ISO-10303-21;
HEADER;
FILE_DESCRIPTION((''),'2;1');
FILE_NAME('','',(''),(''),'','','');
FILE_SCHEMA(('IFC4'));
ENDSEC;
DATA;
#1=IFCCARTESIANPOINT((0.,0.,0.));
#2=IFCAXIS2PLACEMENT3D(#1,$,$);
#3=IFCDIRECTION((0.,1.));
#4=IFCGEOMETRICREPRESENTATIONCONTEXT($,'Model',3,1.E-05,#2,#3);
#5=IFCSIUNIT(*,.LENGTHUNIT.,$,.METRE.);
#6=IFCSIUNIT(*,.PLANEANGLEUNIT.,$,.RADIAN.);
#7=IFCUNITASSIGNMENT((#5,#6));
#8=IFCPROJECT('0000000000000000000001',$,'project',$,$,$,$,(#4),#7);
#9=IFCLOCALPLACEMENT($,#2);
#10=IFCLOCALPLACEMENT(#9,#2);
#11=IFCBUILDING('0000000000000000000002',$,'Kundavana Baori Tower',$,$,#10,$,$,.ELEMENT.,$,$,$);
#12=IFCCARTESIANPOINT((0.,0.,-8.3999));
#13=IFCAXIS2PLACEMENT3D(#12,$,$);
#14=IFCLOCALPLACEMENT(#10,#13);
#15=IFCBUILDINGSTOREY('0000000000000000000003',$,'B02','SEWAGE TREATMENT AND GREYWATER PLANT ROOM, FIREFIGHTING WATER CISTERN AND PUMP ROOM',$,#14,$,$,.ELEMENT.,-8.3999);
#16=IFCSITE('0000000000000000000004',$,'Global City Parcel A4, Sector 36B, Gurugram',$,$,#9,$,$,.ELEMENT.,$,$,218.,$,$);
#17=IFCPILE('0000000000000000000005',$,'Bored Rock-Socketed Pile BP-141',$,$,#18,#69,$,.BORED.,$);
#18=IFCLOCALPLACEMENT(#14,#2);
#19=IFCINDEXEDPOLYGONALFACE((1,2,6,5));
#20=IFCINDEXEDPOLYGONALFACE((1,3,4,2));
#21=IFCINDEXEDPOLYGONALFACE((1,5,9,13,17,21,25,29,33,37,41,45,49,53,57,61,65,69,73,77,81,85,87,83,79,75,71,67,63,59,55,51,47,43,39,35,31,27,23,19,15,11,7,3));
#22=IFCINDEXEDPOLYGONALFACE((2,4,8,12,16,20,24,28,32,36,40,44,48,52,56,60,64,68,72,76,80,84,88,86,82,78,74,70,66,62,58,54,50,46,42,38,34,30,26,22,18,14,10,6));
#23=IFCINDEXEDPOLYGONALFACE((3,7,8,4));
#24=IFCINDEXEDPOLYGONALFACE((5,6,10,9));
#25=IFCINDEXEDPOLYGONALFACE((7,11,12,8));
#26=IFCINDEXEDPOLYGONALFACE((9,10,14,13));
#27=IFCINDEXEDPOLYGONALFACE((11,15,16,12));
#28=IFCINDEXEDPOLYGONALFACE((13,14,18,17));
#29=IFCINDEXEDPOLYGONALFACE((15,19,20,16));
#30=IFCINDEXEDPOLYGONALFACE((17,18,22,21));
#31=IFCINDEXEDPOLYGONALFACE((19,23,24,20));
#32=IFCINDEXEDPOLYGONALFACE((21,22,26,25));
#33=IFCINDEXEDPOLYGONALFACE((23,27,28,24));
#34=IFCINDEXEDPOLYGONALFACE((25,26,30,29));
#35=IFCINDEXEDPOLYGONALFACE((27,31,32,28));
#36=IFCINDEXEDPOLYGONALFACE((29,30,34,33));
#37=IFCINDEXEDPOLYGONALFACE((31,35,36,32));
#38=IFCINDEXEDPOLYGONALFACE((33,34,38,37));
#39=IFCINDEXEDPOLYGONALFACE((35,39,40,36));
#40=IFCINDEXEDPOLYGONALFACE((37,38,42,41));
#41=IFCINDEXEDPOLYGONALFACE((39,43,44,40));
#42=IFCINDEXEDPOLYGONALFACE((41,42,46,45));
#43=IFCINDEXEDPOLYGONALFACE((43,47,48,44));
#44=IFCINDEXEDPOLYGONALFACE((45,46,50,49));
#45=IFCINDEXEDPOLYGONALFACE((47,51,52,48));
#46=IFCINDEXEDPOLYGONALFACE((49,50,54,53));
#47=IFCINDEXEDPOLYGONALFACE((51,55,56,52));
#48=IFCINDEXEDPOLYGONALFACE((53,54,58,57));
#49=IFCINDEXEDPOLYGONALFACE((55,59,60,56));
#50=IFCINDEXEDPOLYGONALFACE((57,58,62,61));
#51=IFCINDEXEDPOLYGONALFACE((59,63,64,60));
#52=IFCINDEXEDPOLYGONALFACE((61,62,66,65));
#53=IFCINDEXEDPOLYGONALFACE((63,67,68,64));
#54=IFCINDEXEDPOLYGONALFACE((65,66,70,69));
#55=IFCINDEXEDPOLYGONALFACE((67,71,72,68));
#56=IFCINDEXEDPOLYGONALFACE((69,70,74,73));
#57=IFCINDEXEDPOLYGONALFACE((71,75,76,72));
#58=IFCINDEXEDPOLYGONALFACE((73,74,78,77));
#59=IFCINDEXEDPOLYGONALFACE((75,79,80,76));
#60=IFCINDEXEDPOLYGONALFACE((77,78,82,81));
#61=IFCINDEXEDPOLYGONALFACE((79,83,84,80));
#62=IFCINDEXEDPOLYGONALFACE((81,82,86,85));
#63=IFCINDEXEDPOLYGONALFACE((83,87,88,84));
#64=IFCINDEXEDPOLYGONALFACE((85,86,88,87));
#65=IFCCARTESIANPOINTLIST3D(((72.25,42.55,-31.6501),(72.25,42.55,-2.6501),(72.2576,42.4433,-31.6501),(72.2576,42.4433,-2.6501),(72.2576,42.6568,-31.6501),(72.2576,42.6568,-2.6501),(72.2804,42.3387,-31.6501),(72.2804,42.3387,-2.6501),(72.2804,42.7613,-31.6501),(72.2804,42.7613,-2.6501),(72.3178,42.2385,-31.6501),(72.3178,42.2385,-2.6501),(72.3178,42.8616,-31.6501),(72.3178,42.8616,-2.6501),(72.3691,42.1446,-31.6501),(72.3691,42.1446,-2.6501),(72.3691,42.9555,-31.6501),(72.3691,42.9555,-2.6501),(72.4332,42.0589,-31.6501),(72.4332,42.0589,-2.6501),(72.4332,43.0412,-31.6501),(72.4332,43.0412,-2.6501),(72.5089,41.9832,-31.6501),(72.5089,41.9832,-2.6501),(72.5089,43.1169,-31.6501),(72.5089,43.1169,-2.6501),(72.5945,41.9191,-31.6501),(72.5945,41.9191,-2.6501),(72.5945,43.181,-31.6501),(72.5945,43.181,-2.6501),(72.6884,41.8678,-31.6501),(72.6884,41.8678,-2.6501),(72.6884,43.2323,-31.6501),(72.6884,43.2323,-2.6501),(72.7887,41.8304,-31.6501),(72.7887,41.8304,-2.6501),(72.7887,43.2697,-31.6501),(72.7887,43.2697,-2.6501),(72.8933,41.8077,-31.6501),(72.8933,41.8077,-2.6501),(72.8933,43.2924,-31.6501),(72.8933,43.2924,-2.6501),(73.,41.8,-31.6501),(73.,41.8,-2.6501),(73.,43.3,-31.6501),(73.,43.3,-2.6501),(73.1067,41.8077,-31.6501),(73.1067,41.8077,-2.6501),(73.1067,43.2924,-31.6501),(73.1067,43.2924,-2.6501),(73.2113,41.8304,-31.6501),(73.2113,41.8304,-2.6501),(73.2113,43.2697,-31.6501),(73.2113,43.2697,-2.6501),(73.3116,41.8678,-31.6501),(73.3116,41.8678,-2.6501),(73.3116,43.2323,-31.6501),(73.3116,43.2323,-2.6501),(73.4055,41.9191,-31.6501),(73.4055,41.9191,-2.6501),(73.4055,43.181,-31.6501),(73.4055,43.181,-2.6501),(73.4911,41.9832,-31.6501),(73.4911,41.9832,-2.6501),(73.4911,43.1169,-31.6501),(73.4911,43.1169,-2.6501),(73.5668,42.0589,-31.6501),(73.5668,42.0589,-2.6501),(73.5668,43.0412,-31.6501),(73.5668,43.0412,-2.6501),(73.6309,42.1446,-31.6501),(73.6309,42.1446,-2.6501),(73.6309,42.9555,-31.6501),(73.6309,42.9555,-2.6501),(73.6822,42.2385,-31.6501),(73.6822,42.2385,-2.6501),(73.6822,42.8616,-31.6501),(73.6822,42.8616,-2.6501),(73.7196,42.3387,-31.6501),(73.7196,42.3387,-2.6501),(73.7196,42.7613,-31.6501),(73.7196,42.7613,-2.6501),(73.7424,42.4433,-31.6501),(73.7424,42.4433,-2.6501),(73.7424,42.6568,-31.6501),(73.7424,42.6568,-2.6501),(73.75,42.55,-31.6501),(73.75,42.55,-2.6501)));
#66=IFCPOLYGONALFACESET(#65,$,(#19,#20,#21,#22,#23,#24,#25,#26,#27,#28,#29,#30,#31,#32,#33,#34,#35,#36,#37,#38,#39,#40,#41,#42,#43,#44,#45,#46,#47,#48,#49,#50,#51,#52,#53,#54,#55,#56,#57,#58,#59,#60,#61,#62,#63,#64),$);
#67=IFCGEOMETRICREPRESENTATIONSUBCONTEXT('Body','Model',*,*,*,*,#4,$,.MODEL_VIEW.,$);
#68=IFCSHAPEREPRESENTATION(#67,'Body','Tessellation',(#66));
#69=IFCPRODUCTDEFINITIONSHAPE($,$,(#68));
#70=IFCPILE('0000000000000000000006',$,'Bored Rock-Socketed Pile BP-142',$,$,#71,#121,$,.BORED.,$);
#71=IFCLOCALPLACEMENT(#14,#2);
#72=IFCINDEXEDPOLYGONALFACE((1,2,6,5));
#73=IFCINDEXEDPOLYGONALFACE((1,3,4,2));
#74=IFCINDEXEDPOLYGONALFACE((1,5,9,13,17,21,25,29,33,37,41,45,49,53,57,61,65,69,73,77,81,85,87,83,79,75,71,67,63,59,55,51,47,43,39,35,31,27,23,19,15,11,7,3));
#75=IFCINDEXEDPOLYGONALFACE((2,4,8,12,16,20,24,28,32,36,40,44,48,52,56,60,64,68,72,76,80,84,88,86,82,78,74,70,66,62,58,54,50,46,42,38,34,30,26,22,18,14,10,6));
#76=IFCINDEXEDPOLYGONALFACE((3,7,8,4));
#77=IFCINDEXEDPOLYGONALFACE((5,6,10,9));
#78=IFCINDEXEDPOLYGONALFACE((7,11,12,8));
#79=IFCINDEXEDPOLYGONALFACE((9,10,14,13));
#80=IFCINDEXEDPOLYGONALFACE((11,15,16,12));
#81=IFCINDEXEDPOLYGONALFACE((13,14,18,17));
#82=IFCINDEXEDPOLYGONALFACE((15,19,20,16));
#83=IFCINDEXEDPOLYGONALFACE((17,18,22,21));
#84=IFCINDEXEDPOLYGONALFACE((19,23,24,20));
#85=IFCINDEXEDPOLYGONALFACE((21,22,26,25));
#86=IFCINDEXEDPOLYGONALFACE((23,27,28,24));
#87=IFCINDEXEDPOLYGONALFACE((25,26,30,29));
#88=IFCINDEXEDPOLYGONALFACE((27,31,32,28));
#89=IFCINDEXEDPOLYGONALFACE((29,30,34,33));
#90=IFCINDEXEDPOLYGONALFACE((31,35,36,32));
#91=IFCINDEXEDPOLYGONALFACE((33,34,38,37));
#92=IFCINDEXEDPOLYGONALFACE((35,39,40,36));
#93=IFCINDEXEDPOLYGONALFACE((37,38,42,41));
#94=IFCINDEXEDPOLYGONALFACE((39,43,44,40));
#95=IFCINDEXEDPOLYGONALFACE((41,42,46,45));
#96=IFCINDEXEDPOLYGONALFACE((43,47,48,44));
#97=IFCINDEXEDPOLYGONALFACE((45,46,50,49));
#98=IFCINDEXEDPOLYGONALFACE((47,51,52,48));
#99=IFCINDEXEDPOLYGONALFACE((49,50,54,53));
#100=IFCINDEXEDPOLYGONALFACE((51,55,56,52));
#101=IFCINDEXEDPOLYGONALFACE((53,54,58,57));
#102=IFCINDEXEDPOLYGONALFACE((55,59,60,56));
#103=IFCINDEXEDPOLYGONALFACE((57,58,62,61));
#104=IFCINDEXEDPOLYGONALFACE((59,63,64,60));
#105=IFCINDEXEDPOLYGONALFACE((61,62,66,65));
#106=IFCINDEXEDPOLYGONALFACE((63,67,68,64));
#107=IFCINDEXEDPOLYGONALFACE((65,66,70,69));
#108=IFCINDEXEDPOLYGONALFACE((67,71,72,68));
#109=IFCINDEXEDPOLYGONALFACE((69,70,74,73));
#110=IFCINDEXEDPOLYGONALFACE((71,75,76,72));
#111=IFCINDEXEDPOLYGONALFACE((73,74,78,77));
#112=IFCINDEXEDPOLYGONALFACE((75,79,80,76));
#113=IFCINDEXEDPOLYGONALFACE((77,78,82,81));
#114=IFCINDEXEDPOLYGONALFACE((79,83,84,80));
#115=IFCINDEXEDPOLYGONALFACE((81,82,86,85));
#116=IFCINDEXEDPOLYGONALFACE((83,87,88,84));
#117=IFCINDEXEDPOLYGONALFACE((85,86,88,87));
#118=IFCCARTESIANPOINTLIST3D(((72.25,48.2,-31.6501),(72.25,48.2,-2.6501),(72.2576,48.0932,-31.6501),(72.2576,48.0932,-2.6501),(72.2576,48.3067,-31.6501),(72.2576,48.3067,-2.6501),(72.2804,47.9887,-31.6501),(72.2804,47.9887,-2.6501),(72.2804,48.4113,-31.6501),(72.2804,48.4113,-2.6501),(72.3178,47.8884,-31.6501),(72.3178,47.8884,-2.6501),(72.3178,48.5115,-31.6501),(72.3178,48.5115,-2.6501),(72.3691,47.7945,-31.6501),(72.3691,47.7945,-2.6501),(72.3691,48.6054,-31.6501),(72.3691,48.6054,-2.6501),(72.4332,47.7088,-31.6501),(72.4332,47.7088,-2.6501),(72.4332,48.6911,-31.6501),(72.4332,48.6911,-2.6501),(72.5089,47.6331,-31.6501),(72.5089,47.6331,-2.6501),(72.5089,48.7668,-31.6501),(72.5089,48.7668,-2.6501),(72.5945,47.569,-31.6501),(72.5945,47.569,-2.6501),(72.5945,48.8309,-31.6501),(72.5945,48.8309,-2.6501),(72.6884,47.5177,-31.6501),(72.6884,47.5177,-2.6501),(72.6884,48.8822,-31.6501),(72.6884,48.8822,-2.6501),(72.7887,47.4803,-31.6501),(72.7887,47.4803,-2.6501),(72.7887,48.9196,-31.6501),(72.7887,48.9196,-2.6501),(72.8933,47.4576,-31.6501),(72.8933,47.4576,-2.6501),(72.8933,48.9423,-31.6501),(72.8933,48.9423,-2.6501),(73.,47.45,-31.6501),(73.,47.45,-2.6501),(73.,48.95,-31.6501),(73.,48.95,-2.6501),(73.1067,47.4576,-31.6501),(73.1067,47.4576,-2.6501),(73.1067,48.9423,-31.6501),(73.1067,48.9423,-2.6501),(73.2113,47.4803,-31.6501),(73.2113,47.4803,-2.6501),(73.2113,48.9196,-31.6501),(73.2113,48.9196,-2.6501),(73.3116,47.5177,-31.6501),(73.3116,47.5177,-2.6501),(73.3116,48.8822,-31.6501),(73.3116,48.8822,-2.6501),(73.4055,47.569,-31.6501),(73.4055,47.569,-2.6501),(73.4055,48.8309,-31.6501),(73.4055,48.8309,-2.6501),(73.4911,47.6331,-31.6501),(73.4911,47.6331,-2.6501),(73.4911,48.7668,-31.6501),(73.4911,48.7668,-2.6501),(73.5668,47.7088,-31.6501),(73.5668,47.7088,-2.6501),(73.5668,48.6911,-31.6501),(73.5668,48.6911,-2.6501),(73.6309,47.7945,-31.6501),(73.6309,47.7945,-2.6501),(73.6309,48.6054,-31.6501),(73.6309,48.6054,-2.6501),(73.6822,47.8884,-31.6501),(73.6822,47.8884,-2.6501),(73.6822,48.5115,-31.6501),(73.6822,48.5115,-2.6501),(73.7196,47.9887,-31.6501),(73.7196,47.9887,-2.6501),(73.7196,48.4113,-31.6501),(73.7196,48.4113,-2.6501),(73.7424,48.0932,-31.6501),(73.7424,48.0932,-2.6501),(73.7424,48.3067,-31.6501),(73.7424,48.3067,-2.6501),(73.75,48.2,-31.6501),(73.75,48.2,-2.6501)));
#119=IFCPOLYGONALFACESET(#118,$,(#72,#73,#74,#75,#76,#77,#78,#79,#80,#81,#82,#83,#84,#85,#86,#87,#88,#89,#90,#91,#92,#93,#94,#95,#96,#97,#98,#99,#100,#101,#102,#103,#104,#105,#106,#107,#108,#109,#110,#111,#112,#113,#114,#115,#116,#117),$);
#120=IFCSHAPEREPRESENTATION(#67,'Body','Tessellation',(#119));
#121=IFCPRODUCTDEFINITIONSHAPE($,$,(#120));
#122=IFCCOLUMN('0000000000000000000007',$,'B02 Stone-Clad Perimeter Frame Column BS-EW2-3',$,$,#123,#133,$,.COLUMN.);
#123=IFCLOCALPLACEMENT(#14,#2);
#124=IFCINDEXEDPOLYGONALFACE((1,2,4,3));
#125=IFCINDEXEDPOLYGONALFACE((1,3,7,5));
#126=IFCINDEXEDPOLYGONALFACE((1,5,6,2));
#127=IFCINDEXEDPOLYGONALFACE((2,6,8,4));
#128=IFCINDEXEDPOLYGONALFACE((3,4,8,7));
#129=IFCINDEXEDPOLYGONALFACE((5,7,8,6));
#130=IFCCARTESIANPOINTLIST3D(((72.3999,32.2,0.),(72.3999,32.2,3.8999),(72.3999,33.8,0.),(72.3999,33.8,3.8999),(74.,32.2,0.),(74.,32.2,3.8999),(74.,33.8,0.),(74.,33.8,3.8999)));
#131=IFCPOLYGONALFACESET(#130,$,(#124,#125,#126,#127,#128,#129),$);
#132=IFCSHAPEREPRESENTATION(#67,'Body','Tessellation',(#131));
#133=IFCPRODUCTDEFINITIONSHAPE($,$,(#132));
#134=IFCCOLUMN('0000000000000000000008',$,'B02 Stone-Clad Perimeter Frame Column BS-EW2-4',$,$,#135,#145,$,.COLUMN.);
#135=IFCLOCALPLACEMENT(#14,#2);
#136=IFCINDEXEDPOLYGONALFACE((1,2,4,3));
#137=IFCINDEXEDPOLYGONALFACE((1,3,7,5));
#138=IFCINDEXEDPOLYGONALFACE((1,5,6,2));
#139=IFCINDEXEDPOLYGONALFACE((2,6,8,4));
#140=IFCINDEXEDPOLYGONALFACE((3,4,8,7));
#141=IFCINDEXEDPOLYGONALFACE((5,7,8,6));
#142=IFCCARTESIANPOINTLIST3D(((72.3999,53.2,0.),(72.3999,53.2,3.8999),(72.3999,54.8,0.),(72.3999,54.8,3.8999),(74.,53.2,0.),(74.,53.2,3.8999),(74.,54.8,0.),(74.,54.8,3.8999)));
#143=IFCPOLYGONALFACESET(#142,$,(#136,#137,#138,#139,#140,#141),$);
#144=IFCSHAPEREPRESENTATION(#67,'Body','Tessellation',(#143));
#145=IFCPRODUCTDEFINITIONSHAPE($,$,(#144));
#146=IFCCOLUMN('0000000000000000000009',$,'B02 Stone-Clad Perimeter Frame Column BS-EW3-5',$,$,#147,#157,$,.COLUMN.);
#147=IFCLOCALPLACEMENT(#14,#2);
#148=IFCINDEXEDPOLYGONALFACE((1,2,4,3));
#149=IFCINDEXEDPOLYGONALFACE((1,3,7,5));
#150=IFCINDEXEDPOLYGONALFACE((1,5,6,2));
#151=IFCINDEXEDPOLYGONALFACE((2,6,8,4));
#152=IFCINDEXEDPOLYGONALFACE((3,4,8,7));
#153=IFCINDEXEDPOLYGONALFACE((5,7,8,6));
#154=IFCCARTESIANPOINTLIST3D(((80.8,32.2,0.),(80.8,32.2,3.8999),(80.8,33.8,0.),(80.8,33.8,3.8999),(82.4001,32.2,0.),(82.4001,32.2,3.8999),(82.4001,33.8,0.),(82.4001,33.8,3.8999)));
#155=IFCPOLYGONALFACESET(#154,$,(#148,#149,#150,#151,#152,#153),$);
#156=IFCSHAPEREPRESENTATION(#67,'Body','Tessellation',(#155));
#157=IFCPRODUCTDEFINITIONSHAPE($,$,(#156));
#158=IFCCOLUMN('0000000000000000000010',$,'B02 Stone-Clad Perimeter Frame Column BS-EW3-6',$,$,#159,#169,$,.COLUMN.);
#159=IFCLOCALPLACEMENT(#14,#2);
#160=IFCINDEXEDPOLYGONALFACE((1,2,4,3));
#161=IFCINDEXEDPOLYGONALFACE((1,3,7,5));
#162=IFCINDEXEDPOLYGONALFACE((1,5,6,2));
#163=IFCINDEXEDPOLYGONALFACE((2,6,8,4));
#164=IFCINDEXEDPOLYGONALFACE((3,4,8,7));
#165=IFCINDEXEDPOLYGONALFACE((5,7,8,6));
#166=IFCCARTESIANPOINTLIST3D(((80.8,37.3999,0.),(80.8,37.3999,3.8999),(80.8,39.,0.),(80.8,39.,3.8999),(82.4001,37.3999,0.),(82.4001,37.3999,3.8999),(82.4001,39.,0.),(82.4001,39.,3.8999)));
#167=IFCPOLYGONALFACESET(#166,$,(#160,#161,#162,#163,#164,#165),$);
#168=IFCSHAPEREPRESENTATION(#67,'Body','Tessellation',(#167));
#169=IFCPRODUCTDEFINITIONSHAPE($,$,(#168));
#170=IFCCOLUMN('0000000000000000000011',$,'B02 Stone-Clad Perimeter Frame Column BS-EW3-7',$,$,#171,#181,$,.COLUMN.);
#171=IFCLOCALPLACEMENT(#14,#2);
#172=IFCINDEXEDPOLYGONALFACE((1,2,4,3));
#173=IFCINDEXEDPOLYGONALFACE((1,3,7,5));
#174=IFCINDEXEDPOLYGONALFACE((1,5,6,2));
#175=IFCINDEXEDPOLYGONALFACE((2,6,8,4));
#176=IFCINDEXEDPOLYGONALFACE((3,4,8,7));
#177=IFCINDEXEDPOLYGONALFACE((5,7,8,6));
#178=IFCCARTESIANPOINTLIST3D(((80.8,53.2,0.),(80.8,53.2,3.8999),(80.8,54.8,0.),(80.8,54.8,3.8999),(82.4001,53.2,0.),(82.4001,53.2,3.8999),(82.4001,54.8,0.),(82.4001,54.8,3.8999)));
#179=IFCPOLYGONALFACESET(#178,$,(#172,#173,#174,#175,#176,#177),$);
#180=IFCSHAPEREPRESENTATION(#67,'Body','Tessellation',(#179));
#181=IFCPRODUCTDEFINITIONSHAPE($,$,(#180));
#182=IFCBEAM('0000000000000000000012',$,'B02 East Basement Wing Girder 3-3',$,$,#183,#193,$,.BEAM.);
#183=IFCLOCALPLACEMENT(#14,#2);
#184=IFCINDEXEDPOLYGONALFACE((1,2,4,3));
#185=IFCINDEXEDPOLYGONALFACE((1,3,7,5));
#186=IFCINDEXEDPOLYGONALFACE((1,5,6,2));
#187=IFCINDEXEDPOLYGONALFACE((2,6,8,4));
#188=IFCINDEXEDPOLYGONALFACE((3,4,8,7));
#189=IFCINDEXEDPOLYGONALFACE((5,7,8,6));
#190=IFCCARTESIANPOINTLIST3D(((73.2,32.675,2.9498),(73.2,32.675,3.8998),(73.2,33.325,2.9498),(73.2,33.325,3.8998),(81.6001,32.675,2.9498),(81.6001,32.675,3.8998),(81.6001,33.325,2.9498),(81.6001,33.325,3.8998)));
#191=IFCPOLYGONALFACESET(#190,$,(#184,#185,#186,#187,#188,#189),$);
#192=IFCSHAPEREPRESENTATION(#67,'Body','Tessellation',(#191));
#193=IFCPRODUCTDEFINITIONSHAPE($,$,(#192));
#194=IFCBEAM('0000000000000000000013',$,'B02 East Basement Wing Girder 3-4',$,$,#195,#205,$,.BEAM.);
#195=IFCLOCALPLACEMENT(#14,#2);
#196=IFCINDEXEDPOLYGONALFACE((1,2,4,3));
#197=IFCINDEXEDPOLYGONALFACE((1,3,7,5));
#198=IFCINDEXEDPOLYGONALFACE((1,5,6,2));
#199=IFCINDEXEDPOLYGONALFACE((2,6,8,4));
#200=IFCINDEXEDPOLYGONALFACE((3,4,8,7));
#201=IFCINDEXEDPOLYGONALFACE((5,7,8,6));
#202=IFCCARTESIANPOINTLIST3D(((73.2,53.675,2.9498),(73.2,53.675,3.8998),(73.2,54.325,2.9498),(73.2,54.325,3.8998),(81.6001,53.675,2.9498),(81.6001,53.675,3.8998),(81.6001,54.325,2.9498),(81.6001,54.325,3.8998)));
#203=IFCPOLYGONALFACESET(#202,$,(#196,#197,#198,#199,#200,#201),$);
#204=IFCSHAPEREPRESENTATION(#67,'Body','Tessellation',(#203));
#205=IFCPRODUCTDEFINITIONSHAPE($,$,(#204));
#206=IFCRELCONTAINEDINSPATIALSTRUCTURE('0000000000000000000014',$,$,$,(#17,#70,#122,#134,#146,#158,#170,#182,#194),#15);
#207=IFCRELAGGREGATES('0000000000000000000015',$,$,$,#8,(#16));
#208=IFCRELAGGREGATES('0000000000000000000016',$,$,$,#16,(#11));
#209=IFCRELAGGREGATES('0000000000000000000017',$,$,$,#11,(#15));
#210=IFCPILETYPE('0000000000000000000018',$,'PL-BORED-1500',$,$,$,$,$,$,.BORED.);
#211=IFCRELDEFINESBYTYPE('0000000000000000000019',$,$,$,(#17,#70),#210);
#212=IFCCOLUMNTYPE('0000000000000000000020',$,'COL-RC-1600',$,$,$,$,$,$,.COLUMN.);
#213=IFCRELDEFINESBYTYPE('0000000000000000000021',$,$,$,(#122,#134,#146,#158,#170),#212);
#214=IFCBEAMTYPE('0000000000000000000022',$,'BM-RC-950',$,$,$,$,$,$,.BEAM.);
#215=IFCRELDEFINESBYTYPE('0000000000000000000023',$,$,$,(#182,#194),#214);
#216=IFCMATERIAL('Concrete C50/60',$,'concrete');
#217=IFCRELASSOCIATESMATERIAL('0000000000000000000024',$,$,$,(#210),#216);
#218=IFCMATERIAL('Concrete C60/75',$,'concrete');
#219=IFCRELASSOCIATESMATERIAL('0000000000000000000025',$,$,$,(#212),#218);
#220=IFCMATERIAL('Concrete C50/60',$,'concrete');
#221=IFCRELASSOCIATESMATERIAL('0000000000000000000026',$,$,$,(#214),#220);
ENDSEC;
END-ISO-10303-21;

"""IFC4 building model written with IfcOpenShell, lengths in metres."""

from ifc_helpers import new_model, si_unit, direction, frame, origin, origin_2d, place, context, subcontext, project, spatial, rectangle, circle, extrude, material, material_profile, profile_set, type_object, element, save


model = new_model("IFC4")

# Units and contexts
model_context = context("Model", 3, precision=1e-05, world=origin(), true_north=direction((0.0, 1.0)))
body_context = subcontext(model_context, "Body", "Model", "MODEL_VIEW")
ifc_project = project(units=[si_unit("LENGTHUNIT", "METRE"), si_unit("PLANEANGLEUNIT", "RADIAN")], contexts=[model_context])

# Site, building, storey
site_placement = place(None, origin())
site = spatial("IfcSite", under=ifc_project, at=site_placement, Name="Global City Parcel A4, Sector 36B, Gurugram", CompositionType="ELEMENT", RefElevation=218.0)
building_placement = place(site_placement, origin())
building = spatial("IfcBuilding", under=site, at=building_placement, Name="Kundavana Baori Tower", CompositionType="ELEMENT")
storey_placement = place(building_placement, frame((0.0, 0.0, -8.3999)))
storey = spatial("IfcBuildingStorey", under=building, at=storey_placement, Name="B02", Description="SEWAGE TREATMENT AND GREYWATER PLANT ROOM, FIREFIGHTING WATER CISTERN AND PUMP ROOM", CompositionType="ELEMENT", Elevation=-8.3999)

# Piles
ifc_material_1 = material(Name="Concrete C50/60", Category="concrete")
ifc_material_profile_1 = material_profile(ifc_material_1, circle(Radius=0.75, at=origin_2d()), Name="BORED PILE D1500")
ifc_profile_set_1 = profile_set([ifc_material_profile_1], Name="Concrete C50/60")
pile_type_1 = type_object("IfcPileType", Name="PL-BORED-1500", PredefinedType="BORED", material=ifc_profile_set_1)
for number, where, z_axis, x_axis, name in (
    (1, (73.0, 42.55, -2.6501), (0.0, 0.0, -1.0), (1.0, 0.0, 0.0), "Bored Rock-Socketed Pile BP-141"),
    (2, (73.0, 48.2, -2.6501), (0.0, 0.0, -1.0), (1.0, 0.0, 0.0), "Bored Rock-Socketed Pile BP-142"),
):
    element("IfcPile", number, at=place(storey_placement, frame(where, z_axis=z_axis, x_axis=x_axis)), inside=storey, type_object=pile_type_1, Name=name, PredefinedType="BORED", context=body_context, shape_type="SweptSolid", body=[
        extrude(circle(Radius=0.75, at=origin_2d()), origin(), (0.0, 0.0, 1.0), 29.0),
    ])

# Columns
ifc_material_2 = material(Name="Concrete C60/75", Category="concrete")
ifc_material_profile_2 = material_profile(ifc_material_2, rectangle(XDim=1.6001, YDim=1.6001, at=origin_2d()), Name="RC 1600x1600")
ifc_profile_set_2 = profile_set([ifc_material_profile_2], Name="Concrete C60/75")
column_type = type_object("IfcColumnType", Name="COL-RC-1600", PredefinedType="COLUMN", material=ifc_profile_set_2)
for number, where, z_axis, x_axis, name in (
    (3, (73.2, 33.0, 0.0), (0.0, 0.0, 1.0), (1.0, 0.0, 0.0), "B02 Stone-Clad Perimeter Frame Column BS-EW2-3"),
    (4, (73.2, 54.0, 0.0), (0.0, 0.0, 1.0), (1.0, 0.0, 0.0), "B02 Stone-Clad Perimeter Frame Column BS-EW2-4"),
    (5, (81.6001, 33.0, 0.0), (0.0, 0.0, 1.0), (1.0, 0.0, 0.0), "B02 Stone-Clad Perimeter Frame Column BS-EW3-5"),
    (6, (81.6001, 38.2, 0.0), (0.0, 0.0, 1.0), (1.0, 0.0, 0.0), "B02 Stone-Clad Perimeter Frame Column BS-EW3-6"),
    (7, (81.6001, 54.0, 0.0), (0.0, 0.0, 1.0), (1.0, 0.0, 0.0), "B02 Stone-Clad Perimeter Frame Column BS-EW3-7"),
):
    element("IfcColumn", number, at=place(storey_placement, frame(where, z_axis=z_axis, x_axis=x_axis)), inside=storey, type_object=column_type, Name=name, PredefinedType="COLUMN", context=body_context, shape_type="SweptSolid", body=[
        extrude(rectangle(XDim=1.6001, YDim=1.6001, at=origin_2d()), origin(), (0.0, 0.0, 1.0), 3.8999),
    ])

# Beams
ifc_material_3 = material(Name="Concrete C50/60", Category="concrete")
ifc_material_profile_3 = material_profile(ifc_material_3, rectangle(XDim=0.6499, YDim=0.95, at=origin_2d()), Name="RC BM 650x950")
ifc_profile_set_3 = profile_set([ifc_material_profile_3], Name="Concrete C50/60")
beam_type = type_object("IfcBeamType", Name="BM-RC-950", PredefinedType="BEAM", material=ifc_profile_set_3)
for number, where, z_axis, x_axis, name in (
    (8, (73.2, 33.0, 3.4248), (1.0, 0.0, 0.0), (0.0, 1.0, 0.0), "B02 East Basement Wing Girder 3-3"),
    (9, (73.2, 54.0, 3.4248), (1.0, 0.0, 0.0), (0.0, 1.0, 0.0), "B02 East Basement Wing Girder 3-4"),
):
    element("IfcBeam", number, at=place(storey_placement, frame(where, z_axis=z_axis, x_axis=x_axis)), inside=storey, type_object=beam_type, Name=name, PredefinedType="BEAM", context=body_context, shape_type="SweptSolid", body=[
        extrude(rectangle(XDim=0.6499, YDim=0.95, at=origin_2d()), origin(), (0.0, 0.0, 1.0), 8.4001),
    ])

save(model, "model.ifc")
